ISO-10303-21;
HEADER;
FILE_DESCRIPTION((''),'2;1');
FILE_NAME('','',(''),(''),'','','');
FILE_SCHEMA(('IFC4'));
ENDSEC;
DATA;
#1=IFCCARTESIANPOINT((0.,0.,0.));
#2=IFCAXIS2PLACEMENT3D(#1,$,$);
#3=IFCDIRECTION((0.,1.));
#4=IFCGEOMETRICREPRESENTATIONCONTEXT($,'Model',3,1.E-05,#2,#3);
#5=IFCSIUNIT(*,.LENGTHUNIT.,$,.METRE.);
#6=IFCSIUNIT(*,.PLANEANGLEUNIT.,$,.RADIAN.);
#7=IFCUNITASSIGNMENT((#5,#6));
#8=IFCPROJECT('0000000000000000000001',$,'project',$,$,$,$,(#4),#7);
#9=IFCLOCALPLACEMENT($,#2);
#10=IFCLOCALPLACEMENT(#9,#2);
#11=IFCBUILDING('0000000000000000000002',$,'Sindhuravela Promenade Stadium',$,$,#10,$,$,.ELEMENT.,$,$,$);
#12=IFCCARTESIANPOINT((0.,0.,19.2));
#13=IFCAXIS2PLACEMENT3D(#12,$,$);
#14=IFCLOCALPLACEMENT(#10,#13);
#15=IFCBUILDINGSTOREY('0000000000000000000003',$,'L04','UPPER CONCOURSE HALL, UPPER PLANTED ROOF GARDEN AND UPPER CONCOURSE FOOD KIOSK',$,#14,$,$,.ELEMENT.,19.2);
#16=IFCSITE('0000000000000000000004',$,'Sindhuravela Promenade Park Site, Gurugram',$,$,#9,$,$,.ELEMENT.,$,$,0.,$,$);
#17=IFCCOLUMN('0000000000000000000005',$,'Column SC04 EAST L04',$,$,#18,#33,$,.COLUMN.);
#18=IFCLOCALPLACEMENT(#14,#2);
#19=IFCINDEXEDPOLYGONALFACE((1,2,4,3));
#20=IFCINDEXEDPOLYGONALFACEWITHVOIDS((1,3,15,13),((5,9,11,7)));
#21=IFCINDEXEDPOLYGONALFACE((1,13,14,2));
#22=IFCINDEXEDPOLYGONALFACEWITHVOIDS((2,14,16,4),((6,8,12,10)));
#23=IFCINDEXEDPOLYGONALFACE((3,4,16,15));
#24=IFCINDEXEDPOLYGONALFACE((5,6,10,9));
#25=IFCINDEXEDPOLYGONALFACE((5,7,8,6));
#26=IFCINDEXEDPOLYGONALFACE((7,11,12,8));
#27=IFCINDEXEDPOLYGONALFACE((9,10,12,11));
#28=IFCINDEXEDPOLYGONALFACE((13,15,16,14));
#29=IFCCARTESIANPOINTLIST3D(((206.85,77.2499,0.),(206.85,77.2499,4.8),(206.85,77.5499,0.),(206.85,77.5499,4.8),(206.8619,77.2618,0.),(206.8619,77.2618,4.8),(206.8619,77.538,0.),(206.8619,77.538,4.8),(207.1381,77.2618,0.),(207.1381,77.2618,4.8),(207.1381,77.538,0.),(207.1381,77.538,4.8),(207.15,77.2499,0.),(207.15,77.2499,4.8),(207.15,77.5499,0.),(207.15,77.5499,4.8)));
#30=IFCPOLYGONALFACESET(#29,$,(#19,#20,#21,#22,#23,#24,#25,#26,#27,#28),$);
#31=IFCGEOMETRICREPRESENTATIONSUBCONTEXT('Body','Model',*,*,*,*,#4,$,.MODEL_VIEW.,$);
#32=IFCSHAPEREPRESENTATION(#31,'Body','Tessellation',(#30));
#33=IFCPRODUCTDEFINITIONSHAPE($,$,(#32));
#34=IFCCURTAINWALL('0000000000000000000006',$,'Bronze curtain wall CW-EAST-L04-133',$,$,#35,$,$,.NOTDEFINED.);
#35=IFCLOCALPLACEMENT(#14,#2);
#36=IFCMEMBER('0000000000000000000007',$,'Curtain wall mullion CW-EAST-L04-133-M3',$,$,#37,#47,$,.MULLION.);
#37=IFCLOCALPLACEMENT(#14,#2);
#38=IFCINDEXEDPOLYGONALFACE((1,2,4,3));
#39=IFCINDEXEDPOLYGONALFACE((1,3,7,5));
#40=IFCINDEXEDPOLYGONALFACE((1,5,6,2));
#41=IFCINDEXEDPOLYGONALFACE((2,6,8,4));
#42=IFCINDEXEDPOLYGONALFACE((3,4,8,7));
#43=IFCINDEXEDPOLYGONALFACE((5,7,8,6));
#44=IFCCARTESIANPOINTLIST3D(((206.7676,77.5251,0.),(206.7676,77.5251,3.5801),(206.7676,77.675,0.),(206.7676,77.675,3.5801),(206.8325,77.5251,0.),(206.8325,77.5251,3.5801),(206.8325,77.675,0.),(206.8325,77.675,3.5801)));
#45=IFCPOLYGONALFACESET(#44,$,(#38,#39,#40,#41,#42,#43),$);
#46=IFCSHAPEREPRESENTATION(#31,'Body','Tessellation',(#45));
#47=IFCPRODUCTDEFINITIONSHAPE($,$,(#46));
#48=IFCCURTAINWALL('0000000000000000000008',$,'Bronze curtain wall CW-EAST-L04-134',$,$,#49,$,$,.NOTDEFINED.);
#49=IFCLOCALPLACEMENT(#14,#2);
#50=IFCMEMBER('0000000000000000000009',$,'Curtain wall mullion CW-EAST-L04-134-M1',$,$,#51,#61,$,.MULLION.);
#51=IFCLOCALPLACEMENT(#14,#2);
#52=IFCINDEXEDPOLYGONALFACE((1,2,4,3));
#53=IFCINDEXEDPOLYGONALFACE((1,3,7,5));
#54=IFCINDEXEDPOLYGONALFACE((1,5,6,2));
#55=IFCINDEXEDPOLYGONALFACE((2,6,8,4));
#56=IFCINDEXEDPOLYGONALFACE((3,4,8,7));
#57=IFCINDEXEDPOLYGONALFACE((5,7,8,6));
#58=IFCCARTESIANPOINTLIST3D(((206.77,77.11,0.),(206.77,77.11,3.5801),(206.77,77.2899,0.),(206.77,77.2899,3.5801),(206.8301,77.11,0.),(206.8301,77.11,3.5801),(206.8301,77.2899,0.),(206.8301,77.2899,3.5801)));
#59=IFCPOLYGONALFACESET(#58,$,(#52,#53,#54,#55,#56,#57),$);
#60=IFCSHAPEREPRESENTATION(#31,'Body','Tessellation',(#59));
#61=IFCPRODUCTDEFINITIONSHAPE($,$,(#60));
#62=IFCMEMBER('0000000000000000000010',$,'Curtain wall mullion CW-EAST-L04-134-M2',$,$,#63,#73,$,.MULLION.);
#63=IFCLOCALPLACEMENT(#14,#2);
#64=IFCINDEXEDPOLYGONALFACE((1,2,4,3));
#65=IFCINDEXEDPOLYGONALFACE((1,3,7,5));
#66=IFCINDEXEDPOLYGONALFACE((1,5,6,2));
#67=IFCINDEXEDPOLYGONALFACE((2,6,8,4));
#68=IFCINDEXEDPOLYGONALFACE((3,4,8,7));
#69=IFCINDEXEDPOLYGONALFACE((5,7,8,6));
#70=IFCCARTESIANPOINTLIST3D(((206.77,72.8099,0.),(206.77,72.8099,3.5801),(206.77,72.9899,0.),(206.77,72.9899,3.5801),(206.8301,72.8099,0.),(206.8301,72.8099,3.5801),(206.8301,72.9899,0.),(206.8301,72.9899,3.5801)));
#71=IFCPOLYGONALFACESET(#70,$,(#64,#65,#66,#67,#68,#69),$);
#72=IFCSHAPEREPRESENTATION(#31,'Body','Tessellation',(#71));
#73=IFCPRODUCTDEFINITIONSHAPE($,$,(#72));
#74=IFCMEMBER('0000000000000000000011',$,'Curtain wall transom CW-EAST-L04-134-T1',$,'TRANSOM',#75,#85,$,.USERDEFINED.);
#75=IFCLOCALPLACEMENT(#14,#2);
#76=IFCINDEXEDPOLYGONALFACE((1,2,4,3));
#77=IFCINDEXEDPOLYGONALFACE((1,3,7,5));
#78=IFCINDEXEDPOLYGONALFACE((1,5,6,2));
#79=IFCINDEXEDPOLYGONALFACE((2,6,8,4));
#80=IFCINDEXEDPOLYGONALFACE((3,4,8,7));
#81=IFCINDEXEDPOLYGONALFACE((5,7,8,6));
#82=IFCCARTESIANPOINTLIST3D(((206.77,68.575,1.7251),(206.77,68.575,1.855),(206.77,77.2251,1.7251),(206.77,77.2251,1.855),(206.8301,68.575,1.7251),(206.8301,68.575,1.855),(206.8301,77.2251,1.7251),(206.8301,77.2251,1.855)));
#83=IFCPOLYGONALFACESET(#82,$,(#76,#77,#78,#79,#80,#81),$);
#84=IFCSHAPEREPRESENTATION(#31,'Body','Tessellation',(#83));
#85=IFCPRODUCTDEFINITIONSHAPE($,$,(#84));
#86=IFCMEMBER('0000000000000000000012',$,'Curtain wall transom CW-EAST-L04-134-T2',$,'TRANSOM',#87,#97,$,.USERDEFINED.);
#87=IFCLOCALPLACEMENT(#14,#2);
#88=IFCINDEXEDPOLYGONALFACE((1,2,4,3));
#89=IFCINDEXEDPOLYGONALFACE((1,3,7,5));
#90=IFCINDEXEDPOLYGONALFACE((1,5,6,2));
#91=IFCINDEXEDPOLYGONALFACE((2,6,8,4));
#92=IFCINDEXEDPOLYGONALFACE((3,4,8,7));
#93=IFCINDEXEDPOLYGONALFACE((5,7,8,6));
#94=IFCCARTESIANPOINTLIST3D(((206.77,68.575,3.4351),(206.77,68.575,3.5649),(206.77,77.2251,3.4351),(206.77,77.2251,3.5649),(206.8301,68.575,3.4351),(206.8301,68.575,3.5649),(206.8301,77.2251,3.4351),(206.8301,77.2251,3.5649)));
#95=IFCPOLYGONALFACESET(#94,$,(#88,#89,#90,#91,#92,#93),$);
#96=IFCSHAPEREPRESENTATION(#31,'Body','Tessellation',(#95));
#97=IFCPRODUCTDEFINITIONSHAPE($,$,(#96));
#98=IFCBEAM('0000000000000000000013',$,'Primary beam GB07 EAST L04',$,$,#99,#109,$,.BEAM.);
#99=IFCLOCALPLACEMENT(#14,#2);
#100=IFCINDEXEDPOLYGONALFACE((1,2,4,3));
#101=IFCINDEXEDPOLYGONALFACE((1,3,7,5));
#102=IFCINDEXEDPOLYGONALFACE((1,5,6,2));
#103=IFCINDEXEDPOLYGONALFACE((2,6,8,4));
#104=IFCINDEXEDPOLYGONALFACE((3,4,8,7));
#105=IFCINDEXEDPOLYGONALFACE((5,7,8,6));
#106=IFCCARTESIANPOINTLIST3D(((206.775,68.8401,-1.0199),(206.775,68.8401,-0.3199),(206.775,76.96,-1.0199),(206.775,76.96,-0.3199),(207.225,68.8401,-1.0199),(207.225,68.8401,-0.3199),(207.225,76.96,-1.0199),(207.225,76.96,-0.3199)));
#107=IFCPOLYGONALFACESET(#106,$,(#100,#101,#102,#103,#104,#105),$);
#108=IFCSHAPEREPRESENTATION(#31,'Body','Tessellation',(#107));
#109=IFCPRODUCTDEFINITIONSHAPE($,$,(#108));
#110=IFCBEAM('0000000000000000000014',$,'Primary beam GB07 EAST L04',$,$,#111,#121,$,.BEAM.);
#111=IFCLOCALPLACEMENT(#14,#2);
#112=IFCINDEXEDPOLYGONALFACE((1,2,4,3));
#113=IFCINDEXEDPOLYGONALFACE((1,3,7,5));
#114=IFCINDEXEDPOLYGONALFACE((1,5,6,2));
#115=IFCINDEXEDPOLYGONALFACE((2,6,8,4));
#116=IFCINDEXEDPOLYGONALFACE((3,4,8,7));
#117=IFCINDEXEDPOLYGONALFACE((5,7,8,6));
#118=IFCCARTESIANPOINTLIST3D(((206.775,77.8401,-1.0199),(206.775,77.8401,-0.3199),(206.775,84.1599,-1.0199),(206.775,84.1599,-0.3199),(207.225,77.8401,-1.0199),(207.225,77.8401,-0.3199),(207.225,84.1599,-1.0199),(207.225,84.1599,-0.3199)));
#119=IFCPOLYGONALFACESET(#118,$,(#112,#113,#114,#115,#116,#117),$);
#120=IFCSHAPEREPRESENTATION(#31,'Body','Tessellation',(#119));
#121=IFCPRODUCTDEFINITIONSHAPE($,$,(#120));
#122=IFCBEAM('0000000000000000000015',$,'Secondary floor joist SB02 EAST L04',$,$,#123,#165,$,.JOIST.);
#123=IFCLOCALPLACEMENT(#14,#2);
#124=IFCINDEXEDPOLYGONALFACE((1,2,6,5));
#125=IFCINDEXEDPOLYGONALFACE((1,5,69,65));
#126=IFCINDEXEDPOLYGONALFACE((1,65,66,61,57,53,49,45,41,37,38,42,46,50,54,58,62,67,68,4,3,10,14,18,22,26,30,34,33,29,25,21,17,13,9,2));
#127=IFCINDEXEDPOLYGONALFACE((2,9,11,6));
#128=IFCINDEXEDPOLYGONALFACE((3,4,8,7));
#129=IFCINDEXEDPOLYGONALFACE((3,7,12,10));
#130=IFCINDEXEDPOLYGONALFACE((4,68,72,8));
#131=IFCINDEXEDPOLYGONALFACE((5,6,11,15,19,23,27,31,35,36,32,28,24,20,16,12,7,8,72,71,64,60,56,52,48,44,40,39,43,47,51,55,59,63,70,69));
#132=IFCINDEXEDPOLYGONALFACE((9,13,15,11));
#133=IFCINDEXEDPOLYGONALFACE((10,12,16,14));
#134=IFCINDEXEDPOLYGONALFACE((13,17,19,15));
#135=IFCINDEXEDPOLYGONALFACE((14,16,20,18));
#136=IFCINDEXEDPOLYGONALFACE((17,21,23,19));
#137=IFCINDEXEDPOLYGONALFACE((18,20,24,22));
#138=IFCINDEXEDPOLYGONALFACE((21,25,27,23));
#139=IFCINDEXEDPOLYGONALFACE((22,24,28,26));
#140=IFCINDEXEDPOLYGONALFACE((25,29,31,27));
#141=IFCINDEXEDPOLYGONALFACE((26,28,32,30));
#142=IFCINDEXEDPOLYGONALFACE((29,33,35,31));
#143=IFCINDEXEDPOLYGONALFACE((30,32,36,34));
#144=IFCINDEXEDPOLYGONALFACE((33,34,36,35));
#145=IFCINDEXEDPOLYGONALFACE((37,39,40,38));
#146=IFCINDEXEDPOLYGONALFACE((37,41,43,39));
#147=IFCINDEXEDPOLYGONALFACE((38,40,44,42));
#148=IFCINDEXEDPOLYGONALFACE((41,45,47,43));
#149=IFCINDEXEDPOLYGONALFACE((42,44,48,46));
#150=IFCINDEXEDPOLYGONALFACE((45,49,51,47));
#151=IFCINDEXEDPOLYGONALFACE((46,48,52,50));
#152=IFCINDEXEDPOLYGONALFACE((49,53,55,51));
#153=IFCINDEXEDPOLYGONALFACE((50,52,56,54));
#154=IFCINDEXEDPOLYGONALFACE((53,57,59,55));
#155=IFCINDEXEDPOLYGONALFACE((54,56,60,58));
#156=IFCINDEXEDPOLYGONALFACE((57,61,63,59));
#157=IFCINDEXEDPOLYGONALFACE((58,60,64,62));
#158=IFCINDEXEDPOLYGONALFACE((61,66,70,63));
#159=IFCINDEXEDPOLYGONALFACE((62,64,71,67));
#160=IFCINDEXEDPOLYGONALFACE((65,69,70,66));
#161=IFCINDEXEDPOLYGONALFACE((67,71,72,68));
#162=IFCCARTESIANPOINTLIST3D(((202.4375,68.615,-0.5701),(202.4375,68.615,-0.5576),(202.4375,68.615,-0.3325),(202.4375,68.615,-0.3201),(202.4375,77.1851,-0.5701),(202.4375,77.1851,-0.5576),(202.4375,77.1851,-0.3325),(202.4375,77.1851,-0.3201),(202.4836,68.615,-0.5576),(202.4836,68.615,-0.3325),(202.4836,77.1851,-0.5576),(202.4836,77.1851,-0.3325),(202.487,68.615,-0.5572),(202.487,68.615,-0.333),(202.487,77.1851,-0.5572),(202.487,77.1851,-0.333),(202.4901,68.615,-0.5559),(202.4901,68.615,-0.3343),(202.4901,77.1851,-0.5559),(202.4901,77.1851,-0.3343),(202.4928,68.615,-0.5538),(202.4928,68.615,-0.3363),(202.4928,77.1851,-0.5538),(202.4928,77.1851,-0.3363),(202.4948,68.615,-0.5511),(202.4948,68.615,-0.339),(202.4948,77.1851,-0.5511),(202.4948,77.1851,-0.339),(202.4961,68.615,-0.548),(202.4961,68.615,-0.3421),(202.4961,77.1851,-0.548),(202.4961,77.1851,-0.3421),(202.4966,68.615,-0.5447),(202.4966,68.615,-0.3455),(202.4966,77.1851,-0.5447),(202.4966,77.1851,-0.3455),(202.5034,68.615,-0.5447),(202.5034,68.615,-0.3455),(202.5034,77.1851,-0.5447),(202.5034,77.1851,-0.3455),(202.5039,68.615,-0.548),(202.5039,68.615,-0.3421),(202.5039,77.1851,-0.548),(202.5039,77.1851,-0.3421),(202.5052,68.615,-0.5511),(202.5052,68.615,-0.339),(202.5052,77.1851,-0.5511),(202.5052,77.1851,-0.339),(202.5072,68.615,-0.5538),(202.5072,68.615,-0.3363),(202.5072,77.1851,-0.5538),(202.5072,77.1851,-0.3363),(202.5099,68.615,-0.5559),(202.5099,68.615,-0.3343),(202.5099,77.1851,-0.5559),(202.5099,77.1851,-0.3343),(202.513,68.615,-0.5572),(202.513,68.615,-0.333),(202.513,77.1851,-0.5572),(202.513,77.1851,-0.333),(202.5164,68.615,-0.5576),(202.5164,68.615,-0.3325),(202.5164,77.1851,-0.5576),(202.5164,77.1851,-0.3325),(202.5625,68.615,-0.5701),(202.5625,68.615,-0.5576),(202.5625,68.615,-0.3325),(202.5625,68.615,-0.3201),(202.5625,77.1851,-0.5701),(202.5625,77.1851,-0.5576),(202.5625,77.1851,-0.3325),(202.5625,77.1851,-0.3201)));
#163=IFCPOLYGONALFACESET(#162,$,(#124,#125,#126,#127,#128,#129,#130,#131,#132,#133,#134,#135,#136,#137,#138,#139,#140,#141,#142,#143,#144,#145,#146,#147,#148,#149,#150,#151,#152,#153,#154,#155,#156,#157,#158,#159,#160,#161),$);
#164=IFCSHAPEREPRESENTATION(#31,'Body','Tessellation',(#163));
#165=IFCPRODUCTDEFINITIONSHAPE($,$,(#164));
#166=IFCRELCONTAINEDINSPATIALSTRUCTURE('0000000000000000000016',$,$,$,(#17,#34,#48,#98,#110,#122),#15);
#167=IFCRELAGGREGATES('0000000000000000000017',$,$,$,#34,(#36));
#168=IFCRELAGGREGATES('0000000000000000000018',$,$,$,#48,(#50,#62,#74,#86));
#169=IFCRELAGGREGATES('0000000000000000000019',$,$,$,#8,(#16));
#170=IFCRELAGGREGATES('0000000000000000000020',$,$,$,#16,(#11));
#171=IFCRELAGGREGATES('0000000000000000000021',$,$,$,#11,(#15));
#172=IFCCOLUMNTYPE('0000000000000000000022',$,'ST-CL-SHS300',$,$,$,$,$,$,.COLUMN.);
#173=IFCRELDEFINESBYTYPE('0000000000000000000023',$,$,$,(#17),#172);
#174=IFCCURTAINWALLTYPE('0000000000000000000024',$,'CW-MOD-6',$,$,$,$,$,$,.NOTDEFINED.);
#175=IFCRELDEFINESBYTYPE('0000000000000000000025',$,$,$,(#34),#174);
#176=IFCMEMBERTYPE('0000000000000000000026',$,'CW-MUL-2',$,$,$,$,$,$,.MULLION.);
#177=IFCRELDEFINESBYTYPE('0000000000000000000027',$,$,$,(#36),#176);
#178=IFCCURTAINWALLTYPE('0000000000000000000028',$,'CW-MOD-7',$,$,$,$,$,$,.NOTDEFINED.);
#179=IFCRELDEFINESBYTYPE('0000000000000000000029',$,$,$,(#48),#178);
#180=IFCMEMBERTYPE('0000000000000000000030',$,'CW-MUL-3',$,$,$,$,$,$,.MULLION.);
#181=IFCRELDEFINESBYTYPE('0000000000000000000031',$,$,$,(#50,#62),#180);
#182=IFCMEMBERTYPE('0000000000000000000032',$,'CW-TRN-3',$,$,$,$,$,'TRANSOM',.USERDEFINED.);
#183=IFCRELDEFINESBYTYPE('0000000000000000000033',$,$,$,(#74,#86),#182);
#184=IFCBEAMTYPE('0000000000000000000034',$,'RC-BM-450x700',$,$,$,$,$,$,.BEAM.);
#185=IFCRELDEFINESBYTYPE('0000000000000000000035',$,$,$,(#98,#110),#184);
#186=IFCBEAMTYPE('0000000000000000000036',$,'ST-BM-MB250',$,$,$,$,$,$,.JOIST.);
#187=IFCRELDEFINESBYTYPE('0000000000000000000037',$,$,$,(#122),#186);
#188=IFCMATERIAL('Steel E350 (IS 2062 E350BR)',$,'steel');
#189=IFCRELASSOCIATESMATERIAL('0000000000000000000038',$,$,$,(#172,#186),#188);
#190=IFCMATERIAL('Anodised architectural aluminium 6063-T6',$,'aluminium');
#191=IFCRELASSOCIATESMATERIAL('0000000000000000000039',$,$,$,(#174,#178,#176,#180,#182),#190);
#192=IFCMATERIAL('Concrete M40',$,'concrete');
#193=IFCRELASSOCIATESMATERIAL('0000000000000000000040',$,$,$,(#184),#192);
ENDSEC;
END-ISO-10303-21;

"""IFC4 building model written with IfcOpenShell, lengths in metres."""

from ifc_helpers import new_model, si_unit, direction, frame, origin, origin_2d, place, context, subcontext, project, spatial, rectangle, hollow_rectangle, i_section, extrude, material, material_profile, profile_set, type_object, element, aggregate, save


model = new_model("IFC4")

# Units and contexts
model_context = context("Model", 3, precision=1e-05, world=origin(), true_north=direction((0.0, 1.0)))
body_context = subcontext(model_context, "Body", "Model", "MODEL_VIEW")
ifc_project = project(units=[si_unit("LENGTHUNIT", "METRE"), si_unit("PLANEANGLEUNIT", "RADIAN")], contexts=[model_context])

# Site, building, storey
site_placement = place(None, origin())
site = spatial("IfcSite", under=ifc_project, at=site_placement, Name="Sindhuravela Promenade Park Site, Gurugram", CompositionType="ELEMENT", RefElevation=0.0)
building_placement = place(site_placement, origin())
building = spatial("IfcBuilding", under=site, at=building_placement, Name="Sindhuravela Promenade Stadium", CompositionType="ELEMENT")
storey_placement = place(building_placement, frame((0.0, 0.0, 19.2)))
storey = spatial("IfcBuildingStorey", under=building, at=storey_placement, Name="L04", Description="UPPER CONCOURSE HALL, UPPER PLANTED ROOF GARDEN AND UPPER CONCOURSE FOOD KIOSK", CompositionType="ELEMENT", Elevation=19.2)

# Column
ifc_material_1 = material(Name="Steel E350 (IS 2062 E350BR)", Category="steel")
ifc_material_profile_1 = material_profile(ifc_material_1, hollow_rectangle(XDim=0.3, YDim=0.3, WallThickness=0.012, at=origin_2d()), Name="SHS 300x300x12")
ifc_profile_set_1 = profile_set([ifc_material_profile_1], Name="Steel E350 (IS 2062 E350BR)")
column_type = type_object("IfcColumnType", Name="ST-CL-SHS300", PredefinedType="COLUMN", material=ifc_profile_set_1)
column_placement = place(storey_placement, frame((207.0, 77.3999, 0.0), z_axis=(0.0, 0.0, 1.0), x_axis=(1.0, 0.0, 0.0)))
element("IfcColumn", 1, at=column_placement, inside=storey, type_object=column_type, Name="Column SC04 EAST L04", PredefinedType="COLUMN", context=body_context, shape_type="SweptSolid", body=[
    extrude(hollow_rectangle(XDim=0.3, YDim=0.3, WallThickness=0.012, at=origin_2d()), origin(), (0.0, 0.0, 1.0), 4.8),
])

# Curtain wall, member
ifc_material_2 = material(Name="Anodised architectural aluminium 6063-T6", Category="aluminium")
curtain_wall_type_1 = type_object("IfcCurtainWallType", Name="CW-MOD-6", PredefinedType="NOTDEFINED", material=ifc_material_2)
curtain_wall_1_placement = place(storey_placement, origin())
curtain_wall_1 = element("IfcCurtainWall", 2, at=curtain_wall_1_placement, inside=storey, type_object=curtain_wall_type_1, Name="Bronze curtain wall CW-EAST-L04-133", PredefinedType="NOTDEFINED")
ifc_material_profile_2 = material_profile(ifc_material_2, rectangle(XDim=0.0649, YDim=0.1499, at=origin_2d()), Name="ALU MULL 65x150")
ifc_profile_set_2 = profile_set([ifc_material_profile_2], Name="Anodised architectural aluminium 6063-T6")
member_type_1 = type_object("IfcMemberType", Name="CW-MUL-2", PredefinedType="MULLION", material=ifc_profile_set_2)
member_1_placement = place(storey_placement, frame((206.8, 77.6001, 0.0), z_axis=(0.0, 0.0, 1.0), x_axis=(1.0, 0.0, 0.0)))
member_1 = element("IfcMember", 3, at=member_1_placement, type_object=member_type_1, Name="Curtain wall mullion CW-EAST-L04-133-M3", PredefinedType="MULLION", context=body_context, shape_type="SweptSolid", body=[
    extrude(rectangle(XDim=0.0649, YDim=0.1499, at=origin_2d()), origin(), (0.0, 0.0, 1.0), 3.5801),
])
aggregate(curtain_wall_1, [member_1])

# Curtain wall, members
curtain_wall_type_2 = type_object("IfcCurtainWallType", Name="CW-MOD-7", PredefinedType="NOTDEFINED", material=ifc_material_2)
curtain_wall_2_placement = place(storey_placement, origin())
curtain_wall_2 = element("IfcCurtainWall", 4, at=curtain_wall_2_placement, inside=storey, type_object=curtain_wall_type_2, Name="Bronze curtain wall CW-EAST-L04-134", PredefinedType="NOTDEFINED")
ifc_material_profile_3 = material_profile(ifc_material_2, rectangle(XDim=0.0601, YDim=0.1799, at=origin_2d()), Name="ALU M60x180")
ifc_profile_set_3 = profile_set([ifc_material_profile_3], Name="Anodised architectural aluminium 6063-T6")
member_type_2 = type_object("IfcMemberType", Name="CW-MUL-3", PredefinedType="MULLION", material=ifc_profile_set_3)
member_2_placement = place(storey_placement, frame((206.8, 77.2, 0.0), z_axis=(0.0, 0.0, 1.0), x_axis=(1.0, 0.0, 0.0)))
member_2 = element("IfcMember", 5, at=member_2_placement, type_object=member_type_2, Name="Curtain wall mullion CW-EAST-L04-134-M1", PredefinedType="MULLION", context=body_context, shape_type="SweptSolid", body=[
    extrude(rectangle(XDim=0.0601, YDim=0.1799, at=origin_2d()), origin(), (0.0, 0.0, 1.0), 3.5801),
])
member_3_placement = place(storey_placement, frame((206.8, 72.8999, 0.0), z_axis=(0.0, 0.0, 1.0), x_axis=(1.0, 0.0, 0.0)))
member_3 = element("IfcMember", 6, at=member_3_placement, type_object=member_type_2, Name="Curtain wall mullion CW-EAST-L04-134-M2", PredefinedType="MULLION", context=body_context, shape_type="SweptSolid", body=[
    extrude(rectangle(XDim=0.0601, YDim=0.1799, at=origin_2d()), origin(), (0.0, 0.0, 1.0), 3.5801),
])
ifc_material_profile_4 = material_profile(ifc_material_2, rectangle(XDim=0.0601, YDim=0.1299, at=origin_2d()), Name="ALU T60x130")
ifc_profile_set_4 = profile_set([ifc_material_profile_4], Name="Anodised architectural aluminium 6063-T6")
member_type_3 = type_object("IfcMemberType", Name="CW-TRN-3", ElementType="TRANSOM", PredefinedType="USERDEFINED", material=ifc_profile_set_4)
member_4_placement = place(storey_placement, frame((206.8, 77.2251, 1.79), z_axis=(0.0, -1.0, 0.0), x_axis=(1.0, 0.0, 0.0)))
member_4 = element("IfcMember", 7, at=member_4_placement, type_object=member_type_3, Name="Curtain wall transom CW-EAST-L04-134-T1", ObjectType="TRANSOM", PredefinedType="USERDEFINED", context=body_context, shape_type="SweptSolid", body=[
    extrude(rectangle(XDim=0.0601, YDim=0.1299, at=origin_2d()), origin(), (0.0, 0.0, 1.0), 8.6501),
])
member_5_placement = place(storey_placement, frame((206.8, 77.2251, 3.5), z_axis=(0.0, -1.0, 0.0), x_axis=(1.0, 0.0, 0.0)))
member_5 = element("IfcMember", 8, at=member_5_placement, type_object=member_type_3, Name="Curtain wall transom CW-EAST-L04-134-T2", ObjectType="TRANSOM", PredefinedType="USERDEFINED", context=body_context, shape_type="SweptSolid", body=[
    extrude(rectangle(XDim=0.0601, YDim=0.1299, at=origin_2d()), origin(), (0.0, 0.0, 1.0), 8.6501),
])

# Beams
ifc_material_3 = material(Name="Concrete M40", Category="concrete")
ifc_material_profile_5 = material_profile(ifc_material_3, rectangle(XDim=0.45, YDim=0.7, at=origin_2d()), Name="RC 450x700")
ifc_profile_set_5 = profile_set([ifc_material_profile_5], Name="Concrete M40")
beam_type_1 = type_object("IfcBeamType", Name="RC-BM-450x700", PredefinedType="BEAM", material=ifc_profile_set_5)
beam_1_placement = place(storey_placement, frame((207.0, 68.8401, -0.6699), z_axis=(0.0, 1.0, 0.0), x_axis=(-1.0, 0.0, 0.0)))
element("IfcBeam", 9, at=beam_1_placement, inside=storey, type_object=beam_type_1, Name="Primary beam GB07 EAST L04", PredefinedType="BEAM", context=body_context, shape_type="SweptSolid", body=[
    extrude(rectangle(XDim=0.45, YDim=0.7, at=origin_2d()), origin(), (0.0, 0.0, 1.0), 8.1199),
])
beam_2_placement = place(storey_placement, frame((207.0, 77.8401, -0.6699), z_axis=(0.0, 1.0, 0.0), x_axis=(-1.0, 0.0, 0.0)))
element("IfcBeam", 10, at=beam_2_placement, inside=storey, type_object=beam_type_1, Name="Primary beam GB07 EAST L04", PredefinedType="BEAM", context=body_context, shape_type="SweptSolid", body=[
    extrude(rectangle(XDim=0.45, YDim=0.7, at=origin_2d()), origin(), (0.0, 0.0, 1.0), 6.3198),
])
ifc_material_profile_6 = material_profile(ifc_material_1, i_section(OverallWidth=0.125, OverallDepth=0.25, WebThickness=0.0068, FlangeThickness=0.0125, FilletRadius=0.0129, at=origin_2d()), Name="ISMB 250")
ifc_profile_set_6 = profile_set([ifc_material_profile_6], Name="Steel E350 (IS 2062 E350BR)")
beam_type_2 = type_object("IfcBeamType", Name="ST-BM-MB250", PredefinedType="JOIST", material=ifc_profile_set_6)
beam_3_placement = place(storey_placement, frame((202.5, 68.615, -0.4451), z_axis=(0.0, 1.0, 0.0), x_axis=(-1.0, 0.0, 0.0)))
element("IfcBeam", 11, at=beam_3_placement, inside=storey, type_object=beam_type_2, Name="Secondary floor joist SB02 EAST L04", PredefinedType="JOIST", context=body_context, shape_type="SweptSolid", body=[
    extrude(i_section(OverallWidth=0.125, OverallDepth=0.25, WebThickness=0.0068, FlangeThickness=0.0125, FilletRadius=0.0129, at=origin_2d()), origin(), (0.0, 0.0, 1.0), 8.5701),
])

aggregate(curtain_wall_2, [member_2, member_3, member_4, member_5])

save(model, "model.ifc")
